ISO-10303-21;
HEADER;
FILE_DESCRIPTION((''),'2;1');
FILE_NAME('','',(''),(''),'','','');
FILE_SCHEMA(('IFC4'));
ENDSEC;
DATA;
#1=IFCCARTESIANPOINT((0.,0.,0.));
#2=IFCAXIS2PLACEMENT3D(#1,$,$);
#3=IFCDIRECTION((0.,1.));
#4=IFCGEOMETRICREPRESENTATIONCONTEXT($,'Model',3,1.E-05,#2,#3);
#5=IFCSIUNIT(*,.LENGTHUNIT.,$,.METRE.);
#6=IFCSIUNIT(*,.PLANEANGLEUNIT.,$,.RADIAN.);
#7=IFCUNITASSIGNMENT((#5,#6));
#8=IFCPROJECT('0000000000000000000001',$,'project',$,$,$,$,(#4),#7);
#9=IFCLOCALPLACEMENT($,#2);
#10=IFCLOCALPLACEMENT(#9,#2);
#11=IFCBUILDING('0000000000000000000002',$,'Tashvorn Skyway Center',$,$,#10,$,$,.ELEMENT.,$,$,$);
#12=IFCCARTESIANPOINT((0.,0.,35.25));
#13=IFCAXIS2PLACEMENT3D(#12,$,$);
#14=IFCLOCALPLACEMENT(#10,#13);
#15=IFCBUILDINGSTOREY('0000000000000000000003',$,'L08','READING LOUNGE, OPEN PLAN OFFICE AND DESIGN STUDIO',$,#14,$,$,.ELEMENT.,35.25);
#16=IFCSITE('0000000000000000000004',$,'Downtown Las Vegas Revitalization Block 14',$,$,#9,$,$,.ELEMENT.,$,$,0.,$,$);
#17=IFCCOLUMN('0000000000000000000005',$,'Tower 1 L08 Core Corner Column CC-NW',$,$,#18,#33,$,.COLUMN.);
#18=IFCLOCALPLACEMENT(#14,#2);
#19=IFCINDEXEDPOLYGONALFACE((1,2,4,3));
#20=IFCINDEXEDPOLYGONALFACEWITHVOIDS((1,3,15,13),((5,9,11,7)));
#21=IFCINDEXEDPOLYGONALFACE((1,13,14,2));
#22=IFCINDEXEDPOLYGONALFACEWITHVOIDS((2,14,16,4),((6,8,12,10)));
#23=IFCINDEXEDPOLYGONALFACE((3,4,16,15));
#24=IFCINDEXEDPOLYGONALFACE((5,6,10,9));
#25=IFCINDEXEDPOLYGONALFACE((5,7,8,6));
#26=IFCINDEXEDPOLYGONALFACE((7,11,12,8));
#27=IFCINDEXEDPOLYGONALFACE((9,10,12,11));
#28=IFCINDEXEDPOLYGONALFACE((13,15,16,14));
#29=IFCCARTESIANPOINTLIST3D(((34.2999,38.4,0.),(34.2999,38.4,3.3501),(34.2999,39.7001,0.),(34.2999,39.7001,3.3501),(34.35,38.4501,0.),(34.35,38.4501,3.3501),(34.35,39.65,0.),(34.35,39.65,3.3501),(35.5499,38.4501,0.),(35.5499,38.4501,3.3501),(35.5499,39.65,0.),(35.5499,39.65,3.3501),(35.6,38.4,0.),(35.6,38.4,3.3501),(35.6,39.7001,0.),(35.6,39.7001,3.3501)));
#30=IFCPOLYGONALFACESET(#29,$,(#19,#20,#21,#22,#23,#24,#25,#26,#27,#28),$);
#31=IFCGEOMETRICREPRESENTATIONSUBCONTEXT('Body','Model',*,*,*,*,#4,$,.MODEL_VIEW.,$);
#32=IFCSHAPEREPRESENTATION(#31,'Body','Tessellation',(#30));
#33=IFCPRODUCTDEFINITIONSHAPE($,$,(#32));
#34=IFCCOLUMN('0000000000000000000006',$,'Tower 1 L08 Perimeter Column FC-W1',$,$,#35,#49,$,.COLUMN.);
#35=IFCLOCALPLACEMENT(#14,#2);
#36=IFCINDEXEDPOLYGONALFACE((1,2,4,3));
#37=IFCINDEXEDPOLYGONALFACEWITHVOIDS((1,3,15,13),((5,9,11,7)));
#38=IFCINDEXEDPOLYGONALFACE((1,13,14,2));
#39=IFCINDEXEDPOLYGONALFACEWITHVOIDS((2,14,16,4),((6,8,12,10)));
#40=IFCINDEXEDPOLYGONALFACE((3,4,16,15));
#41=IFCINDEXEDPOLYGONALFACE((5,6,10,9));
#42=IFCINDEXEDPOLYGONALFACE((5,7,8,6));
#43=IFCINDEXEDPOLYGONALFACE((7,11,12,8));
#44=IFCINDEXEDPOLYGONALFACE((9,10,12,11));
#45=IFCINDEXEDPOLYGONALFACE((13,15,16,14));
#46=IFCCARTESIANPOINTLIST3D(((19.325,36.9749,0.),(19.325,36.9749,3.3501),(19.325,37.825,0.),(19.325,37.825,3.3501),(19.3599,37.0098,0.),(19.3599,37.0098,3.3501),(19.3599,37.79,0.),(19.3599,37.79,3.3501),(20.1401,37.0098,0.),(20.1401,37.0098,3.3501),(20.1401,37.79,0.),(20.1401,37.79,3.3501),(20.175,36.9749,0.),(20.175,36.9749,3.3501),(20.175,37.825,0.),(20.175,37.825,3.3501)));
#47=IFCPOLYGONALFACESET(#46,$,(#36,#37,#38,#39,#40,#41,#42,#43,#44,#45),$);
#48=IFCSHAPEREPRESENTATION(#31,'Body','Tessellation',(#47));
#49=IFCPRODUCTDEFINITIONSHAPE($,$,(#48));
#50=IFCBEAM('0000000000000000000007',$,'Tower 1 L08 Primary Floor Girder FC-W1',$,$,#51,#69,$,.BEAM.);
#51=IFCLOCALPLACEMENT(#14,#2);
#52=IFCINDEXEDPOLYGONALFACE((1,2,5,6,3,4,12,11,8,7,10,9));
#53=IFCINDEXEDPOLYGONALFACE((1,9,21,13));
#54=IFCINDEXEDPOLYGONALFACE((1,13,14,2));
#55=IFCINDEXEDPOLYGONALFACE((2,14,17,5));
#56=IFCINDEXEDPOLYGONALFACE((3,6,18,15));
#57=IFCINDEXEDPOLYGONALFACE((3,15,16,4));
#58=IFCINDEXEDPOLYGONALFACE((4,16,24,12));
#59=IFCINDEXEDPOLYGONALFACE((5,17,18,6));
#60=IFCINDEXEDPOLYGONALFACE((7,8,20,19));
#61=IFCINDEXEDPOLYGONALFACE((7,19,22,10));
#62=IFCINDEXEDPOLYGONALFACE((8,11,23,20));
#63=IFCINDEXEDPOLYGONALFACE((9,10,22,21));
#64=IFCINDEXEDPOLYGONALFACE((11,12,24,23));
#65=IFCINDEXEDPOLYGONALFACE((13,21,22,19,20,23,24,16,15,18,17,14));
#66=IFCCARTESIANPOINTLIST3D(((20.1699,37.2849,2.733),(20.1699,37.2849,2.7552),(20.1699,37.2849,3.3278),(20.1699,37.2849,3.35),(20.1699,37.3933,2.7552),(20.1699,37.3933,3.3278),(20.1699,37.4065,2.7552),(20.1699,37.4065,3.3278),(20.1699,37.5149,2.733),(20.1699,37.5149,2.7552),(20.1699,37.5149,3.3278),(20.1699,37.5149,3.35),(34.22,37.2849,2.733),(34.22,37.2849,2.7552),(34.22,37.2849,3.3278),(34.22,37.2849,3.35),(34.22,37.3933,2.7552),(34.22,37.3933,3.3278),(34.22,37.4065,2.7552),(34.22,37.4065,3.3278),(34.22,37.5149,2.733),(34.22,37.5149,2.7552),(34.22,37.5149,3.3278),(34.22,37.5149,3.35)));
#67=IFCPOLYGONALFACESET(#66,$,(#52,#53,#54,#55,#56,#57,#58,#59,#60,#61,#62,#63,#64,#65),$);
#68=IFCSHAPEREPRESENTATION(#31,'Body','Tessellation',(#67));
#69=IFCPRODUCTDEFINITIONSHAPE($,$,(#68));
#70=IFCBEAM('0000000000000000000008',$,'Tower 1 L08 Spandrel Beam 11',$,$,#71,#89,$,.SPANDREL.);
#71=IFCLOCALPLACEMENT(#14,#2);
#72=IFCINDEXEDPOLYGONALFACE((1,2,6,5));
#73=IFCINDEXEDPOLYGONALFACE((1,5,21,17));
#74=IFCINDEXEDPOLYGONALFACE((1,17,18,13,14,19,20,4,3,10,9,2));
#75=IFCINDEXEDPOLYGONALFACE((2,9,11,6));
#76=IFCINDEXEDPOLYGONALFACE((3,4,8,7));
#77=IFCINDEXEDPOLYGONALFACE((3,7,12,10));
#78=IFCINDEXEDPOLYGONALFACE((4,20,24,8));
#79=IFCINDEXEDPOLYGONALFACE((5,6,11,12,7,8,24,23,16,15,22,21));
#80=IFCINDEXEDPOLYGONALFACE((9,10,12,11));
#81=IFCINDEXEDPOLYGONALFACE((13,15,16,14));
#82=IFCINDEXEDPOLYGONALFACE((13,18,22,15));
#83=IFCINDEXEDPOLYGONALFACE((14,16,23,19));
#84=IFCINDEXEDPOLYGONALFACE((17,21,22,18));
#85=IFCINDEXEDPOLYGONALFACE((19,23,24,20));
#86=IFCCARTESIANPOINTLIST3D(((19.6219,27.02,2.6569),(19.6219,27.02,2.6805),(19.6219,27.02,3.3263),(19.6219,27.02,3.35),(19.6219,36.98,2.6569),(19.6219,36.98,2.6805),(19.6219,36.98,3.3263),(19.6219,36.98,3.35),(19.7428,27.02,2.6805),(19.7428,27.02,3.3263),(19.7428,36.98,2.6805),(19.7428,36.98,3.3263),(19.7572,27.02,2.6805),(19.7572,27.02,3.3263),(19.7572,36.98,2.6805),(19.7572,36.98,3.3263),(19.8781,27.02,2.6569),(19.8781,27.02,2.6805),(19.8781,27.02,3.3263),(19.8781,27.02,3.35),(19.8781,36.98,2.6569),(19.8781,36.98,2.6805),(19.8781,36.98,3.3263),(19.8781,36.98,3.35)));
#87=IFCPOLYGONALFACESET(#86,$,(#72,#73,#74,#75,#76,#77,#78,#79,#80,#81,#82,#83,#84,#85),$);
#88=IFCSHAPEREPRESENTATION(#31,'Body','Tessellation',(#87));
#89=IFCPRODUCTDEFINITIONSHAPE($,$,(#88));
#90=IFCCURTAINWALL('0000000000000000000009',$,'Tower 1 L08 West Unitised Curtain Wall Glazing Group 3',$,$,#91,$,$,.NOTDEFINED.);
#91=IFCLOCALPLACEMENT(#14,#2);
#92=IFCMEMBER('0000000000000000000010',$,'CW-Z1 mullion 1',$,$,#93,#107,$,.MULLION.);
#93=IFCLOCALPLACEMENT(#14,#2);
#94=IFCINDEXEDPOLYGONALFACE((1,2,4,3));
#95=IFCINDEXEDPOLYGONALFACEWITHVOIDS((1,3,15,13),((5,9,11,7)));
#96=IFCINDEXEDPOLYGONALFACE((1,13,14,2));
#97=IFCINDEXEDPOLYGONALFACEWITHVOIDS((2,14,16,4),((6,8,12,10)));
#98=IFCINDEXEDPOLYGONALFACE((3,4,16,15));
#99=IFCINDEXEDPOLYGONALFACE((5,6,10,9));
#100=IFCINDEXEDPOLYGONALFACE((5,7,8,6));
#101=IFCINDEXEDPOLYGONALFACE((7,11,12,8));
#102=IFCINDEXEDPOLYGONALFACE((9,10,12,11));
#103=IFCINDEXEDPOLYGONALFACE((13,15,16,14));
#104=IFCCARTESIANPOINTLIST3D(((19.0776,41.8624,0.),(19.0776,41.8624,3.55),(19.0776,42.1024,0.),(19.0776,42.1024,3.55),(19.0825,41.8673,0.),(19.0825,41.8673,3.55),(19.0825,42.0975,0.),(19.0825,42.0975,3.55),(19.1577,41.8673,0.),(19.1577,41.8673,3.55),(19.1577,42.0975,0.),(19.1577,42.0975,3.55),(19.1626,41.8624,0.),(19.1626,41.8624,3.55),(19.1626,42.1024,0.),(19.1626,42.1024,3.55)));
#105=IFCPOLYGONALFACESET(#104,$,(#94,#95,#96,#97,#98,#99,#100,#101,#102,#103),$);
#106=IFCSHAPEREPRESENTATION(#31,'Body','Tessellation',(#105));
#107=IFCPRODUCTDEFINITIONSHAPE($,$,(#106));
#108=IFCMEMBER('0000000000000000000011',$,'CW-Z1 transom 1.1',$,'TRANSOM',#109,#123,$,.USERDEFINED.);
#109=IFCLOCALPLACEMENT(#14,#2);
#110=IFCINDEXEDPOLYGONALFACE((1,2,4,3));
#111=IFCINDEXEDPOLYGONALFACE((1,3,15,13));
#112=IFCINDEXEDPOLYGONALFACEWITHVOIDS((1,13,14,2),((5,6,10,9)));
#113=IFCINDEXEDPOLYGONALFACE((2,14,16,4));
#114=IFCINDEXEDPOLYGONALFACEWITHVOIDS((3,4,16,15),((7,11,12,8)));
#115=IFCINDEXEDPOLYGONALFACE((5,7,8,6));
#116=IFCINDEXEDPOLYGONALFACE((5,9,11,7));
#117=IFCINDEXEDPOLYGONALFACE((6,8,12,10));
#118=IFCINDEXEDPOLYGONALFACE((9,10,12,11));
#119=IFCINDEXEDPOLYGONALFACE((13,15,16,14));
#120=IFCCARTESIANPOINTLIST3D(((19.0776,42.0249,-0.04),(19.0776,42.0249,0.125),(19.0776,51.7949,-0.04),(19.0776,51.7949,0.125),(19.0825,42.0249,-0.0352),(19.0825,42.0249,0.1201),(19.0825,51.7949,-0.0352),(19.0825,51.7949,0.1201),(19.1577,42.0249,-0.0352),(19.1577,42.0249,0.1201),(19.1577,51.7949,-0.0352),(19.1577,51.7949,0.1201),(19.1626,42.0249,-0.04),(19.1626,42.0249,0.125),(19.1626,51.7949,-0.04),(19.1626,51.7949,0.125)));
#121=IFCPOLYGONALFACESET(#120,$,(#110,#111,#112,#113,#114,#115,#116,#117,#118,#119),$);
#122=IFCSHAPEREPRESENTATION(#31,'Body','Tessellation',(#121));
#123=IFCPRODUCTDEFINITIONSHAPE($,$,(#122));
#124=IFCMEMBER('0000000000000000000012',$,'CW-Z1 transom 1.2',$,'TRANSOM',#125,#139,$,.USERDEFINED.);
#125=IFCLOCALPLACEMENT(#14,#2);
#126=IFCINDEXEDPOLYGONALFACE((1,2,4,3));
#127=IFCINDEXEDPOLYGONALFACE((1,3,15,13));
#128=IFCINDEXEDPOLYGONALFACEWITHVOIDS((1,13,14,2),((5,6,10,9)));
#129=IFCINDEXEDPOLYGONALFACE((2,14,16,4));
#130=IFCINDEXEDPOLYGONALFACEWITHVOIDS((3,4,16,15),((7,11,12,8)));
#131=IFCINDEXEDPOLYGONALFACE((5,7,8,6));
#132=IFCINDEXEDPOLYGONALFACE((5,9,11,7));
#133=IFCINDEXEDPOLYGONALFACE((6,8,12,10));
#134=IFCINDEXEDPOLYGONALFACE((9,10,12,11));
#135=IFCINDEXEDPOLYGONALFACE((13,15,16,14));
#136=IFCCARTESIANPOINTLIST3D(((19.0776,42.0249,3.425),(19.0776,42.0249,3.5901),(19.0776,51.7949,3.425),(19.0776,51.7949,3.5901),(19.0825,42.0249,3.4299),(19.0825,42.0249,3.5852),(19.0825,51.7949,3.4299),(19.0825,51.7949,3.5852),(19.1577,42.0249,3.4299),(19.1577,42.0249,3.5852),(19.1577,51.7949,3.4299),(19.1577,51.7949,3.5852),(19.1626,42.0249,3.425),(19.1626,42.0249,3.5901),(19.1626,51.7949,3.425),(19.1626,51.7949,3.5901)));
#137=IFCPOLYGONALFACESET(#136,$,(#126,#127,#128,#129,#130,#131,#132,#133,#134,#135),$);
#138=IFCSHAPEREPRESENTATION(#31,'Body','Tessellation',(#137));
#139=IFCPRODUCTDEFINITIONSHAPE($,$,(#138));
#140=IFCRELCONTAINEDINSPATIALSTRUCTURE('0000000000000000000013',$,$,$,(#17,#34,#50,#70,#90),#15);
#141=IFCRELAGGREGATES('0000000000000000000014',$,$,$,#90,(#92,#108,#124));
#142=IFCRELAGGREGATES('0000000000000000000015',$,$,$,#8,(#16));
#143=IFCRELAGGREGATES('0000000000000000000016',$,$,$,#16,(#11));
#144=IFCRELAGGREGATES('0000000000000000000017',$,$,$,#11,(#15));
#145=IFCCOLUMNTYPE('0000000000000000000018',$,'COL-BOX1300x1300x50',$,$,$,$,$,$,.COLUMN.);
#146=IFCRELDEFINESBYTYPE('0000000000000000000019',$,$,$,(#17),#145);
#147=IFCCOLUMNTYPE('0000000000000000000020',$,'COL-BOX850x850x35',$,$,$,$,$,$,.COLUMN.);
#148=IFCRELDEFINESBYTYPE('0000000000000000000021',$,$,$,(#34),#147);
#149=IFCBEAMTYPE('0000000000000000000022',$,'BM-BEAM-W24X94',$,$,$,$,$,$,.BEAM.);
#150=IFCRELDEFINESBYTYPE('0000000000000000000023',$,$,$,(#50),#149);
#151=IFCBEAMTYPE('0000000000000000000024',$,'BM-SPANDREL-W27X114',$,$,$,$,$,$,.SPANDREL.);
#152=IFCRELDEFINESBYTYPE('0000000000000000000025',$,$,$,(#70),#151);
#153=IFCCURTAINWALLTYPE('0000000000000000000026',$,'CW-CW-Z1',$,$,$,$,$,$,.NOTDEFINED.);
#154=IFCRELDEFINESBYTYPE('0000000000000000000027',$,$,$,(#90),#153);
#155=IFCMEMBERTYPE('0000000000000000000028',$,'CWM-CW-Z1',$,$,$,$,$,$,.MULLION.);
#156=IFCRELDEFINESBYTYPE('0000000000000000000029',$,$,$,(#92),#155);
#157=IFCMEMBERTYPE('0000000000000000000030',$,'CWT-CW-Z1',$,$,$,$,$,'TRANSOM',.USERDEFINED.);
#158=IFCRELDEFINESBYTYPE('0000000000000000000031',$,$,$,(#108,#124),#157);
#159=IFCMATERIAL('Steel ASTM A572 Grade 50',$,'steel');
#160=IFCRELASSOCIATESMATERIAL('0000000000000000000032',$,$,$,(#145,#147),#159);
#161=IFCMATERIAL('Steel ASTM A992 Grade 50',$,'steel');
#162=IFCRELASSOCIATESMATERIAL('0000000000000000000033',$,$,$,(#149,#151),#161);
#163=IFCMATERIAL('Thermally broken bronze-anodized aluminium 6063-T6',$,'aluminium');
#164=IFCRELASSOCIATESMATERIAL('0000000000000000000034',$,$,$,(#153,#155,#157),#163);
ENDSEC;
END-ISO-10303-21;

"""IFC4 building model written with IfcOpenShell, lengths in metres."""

from ifc_helpers import new_model, si_unit, direction, frame, origin, origin_2d, place, context, subcontext, project, spatial, hollow_rectangle, i_section, extrude, material, material_profile, profile_set, type_object, element, aggregate, save


model = new_model("IFC4")

# Units and contexts
model_context = context("Model", 3, precision=1e-05, world=origin(), true_north=direction((0.0, 1.0)))
body_context = subcontext(model_context, "Body", "Model", "MODEL_VIEW")
ifc_project = project(units=[si_unit("LENGTHUNIT", "METRE"), si_unit("PLANEANGLEUNIT", "RADIAN")], contexts=[model_context])

# Site, building, storey
site_placement = place(None, origin())
site = spatial("IfcSite", under=ifc_project, at=site_placement, Name="Downtown Las Vegas Revitalization Block 14", CompositionType="ELEMENT", RefElevation=0.0)
building_placement = place(site_placement, origin())
building = spatial("IfcBuilding", under=site, at=building_placement, Name="Tashvorn Skyway Center", CompositionType="ELEMENT")
storey_placement = place(building_placement, frame((0.0, 0.0, 35.25)))
storey = spatial("IfcBuildingStorey", under=building, at=storey_placement, Name="L08", Description="READING LOUNGE, OPEN PLAN OFFICE AND DESIGN STUDIO", CompositionType="ELEMENT", Elevation=35.25)

# Columns
ifc_material_1 = material(Name="Steel ASTM A572 Grade 50", Category="steel")
ifc_material_profile_1 = material_profile(ifc_material_1, hollow_rectangle(XDim=1.3, YDim=1.3, WallThickness=0.05, at=origin_2d()), Name="BOX1300x1300x50")
ifc_profile_set_1 = profile_set([ifc_material_profile_1], Name="Steel ASTM A572 Grade 50")
column_type_1 = type_object("IfcColumnType", Name="COL-BOX1300x1300x50", PredefinedType="COLUMN", material=ifc_profile_set_1)
column_1_placement = place(storey_placement, frame((34.95, 39.05, 0.0), z_axis=(0.0, 0.0, 1.0), x_axis=(1.0, 0.0, 0.0)))
element("IfcColumn", 1, at=column_1_placement, inside=storey, type_object=column_type_1, Name="Tower 1 L08 Core Corner Column CC-NW", PredefinedType="COLUMN", context=body_context, shape_type="SweptSolid", body=[
    extrude(hollow_rectangle(XDim=1.3, YDim=1.3, WallThickness=0.05, at=origin_2d()), origin(), (0.0, 0.0, 1.0), 3.3501),
])
ifc_material_profile_2 = material_profile(ifc_material_1, hollow_rectangle(XDim=0.8501, YDim=0.8501, WallThickness=0.0349, at=origin_2d()), Name="BOX850x850x35")
ifc_profile_set_2 = profile_set([ifc_material_profile_2], Name="Steel ASTM A572 Grade 50")
column_type_2 = type_object("IfcColumnType", Name="COL-BOX850x850x35", PredefinedType="COLUMN", material=ifc_profile_set_2)
column_2_placement = place(storey_placement, frame((19.75, 37.3999, 0.0), z_axis=(0.0, 0.0, 1.0), x_axis=(1.0, 0.0, 0.0)))
element("IfcColumn", 2, at=column_2_placement, inside=storey, type_object=column_type_2, Name="Tower 1 L08 Perimeter Column FC-W1", PredefinedType="COLUMN", context=body_context, shape_type="SweptSolid", body=[
    extrude(hollow_rectangle(XDim=0.8501, YDim=0.8501, WallThickness=0.0349, at=origin_2d()), origin(), (0.0, 0.0, 1.0), 3.3501),
])

# Beams
ifc_material_2 = material(Name="Steel ASTM A992 Grade 50", Category="steel")
ifc_material_profile_3 = material_profile(ifc_material_2, i_section(OverallWidth=0.23, OverallDepth=0.6169, WebThickness=0.0132, FlangeThickness=0.0222, at=origin_2d()), Name="W24X94")
ifc_profile_set_3 = profile_set([ifc_material_profile_3], Name="Steel ASTM A992 Grade 50")
beam_type_1 = type_object("IfcBeamType", Name="BM-BEAM-W24X94", PredefinedType="BEAM", material=ifc_profile_set_3)
beam_1_placement = place(storey_placement, frame((20.1699, 37.3999, 3.0415), z_axis=(1.0, 0.0, 0.0), x_axis=(0.0, 1.0, 0.0)))
element("IfcBeam", 3, at=beam_1_placement, inside=storey, type_object=beam_type_1, Name="Tower 1 L08 Primary Floor Girder FC-W1", PredefinedType="BEAM", context=body_context, shape_type="SweptSolid", body=[
    extrude(i_section(OverallWidth=0.23, OverallDepth=0.6169, WebThickness=0.0132, FlangeThickness=0.0222, at=origin_2d()), origin(), (0.0, 0.0, 1.0), 14.05),
])
ifc_material_profile_4 = material_profile(ifc_material_2, i_section(OverallWidth=0.2561, OverallDepth=0.6931, WebThickness=0.0144, FlangeThickness=0.0237, at=origin_2d()), Name="W27X114")
ifc_profile_set_4 = profile_set([ifc_material_profile_4], Name="Steel ASTM A992 Grade 50")
beam_type_2 = type_object("IfcBeamType", Name="BM-SPANDREL-W27X114", PredefinedType="SPANDREL", material=ifc_profile_set_4)
beam_2_placement = place(storey_placement, frame((19.75, 36.98, 3.0034), z_axis=(0.0, -1.0, 0.0), x_axis=(1.0, 0.0, 0.0)))
element("IfcBeam", 4, at=beam_2_placement, inside=storey, type_object=beam_type_2, Name="Tower 1 L08 Spandrel Beam 11", PredefinedType="SPANDREL", context=body_context, shape_type="SweptSolid", body=[
    extrude(i_section(OverallWidth=0.2561, OverallDepth=0.6931, WebThickness=0.0144, FlangeThickness=0.0237, at=origin_2d()), origin(), (0.0, 0.0, 1.0), 9.96),
])

# Curtain wall, members
ifc_material_3 = material(Name="Thermally broken bronze-anodized aluminium 6063-T6", Category="aluminium")
curtain_wall_type = type_object("IfcCurtainWallType", Name="CW-CW-Z1", PredefinedType="NOTDEFINED", material=ifc_material_3)
curtain_wall_placement = place(storey_placement, origin())
curtain_wall = element("IfcCurtainWall", 5, at=curtain_wall_placement, inside=storey, type_object=curtain_wall_type, Name="Tower 1 L08 West Unitised Curtain Wall Glazing Group 3", PredefinedType="NOTDEFINED")
ifc_material_profile_5 = material_profile(ifc_material_3, hollow_rectangle(XDim=0.085, YDim=0.24, WallThickness=0.0049, at=origin_2d()), Name="ALU-MULL-85x240")
ifc_profile_set_5 = profile_set([ifc_material_profile_5], Name="Thermally broken bronze-anodized aluminium 6063-T6")
member_type_1 = type_object("IfcMemberType", Name="CWM-CW-Z1", PredefinedType="MULLION", material=ifc_profile_set_5)
member_1_placement = place(storey_placement, frame((19.1201, 41.9824, 0.0), z_axis=(0.0, 0.0, 1.0), x_axis=(-1.0, 0.0, 0.0)))
member_1 = element("IfcMember", 6, at=member_1_placement, type_object=member_type_1, Name="CW-Z1 mullion 1", PredefinedType="MULLION", context=body_context, shape_type="SweptSolid", body=[
    extrude(hollow_rectangle(XDim=0.085, YDim=0.24, WallThickness=0.0049, at=origin_2d()), origin(), (0.0, 0.0, 1.0), 3.55),
])
ifc_material_profile_6 = material_profile(ifc_material_3, hollow_rectangle(XDim=0.085, YDim=0.165, WallThickness=0.0049, at=origin_2d()), Name="ALU-TRAN-85x165")
ifc_profile_set_6 = profile_set([ifc_material_profile_6], Name="Thermally broken bronze-anodized aluminium 6063-T6")
member_type_2 = type_object("IfcMemberType", Name="CWT-CW-Z1", ElementType="TRANSOM", PredefinedType="USERDEFINED", material=ifc_profile_set_6)
member_2_placement = place(storey_placement, frame((19.1201, 42.0249, 0.0425), z_axis=(0.0, 1.0, 0.0), x_axis=(-1.0, 0.0, 0.0)))
member_2 = element("IfcMember", 7, at=member_2_placement, type_object=member_type_2, Name="CW-Z1 transom 1.1", ObjectType="TRANSOM", PredefinedType="USERDEFINED", context=body_context, shape_type="SweptSolid", body=[
    extrude(hollow_rectangle(XDim=0.085, YDim=0.165, WallThickness=0.0049, at=origin_2d()), origin(), (0.0, 0.0, 1.0), 9.77),
])
member_3_placement = place(storey_placement, frame((19.1201, 42.0249, 3.5076), z_axis=(0.0, 1.0, 0.0), x_axis=(-1.0, 0.0, 0.0)))
member_3 = element("IfcMember", 8, at=member_3_placement, type_object=member_type_2, Name="CW-Z1 transom 1.2", ObjectType="TRANSOM", PredefinedType="USERDEFINED", context=body_context, shape_type="SweptSolid", body=[
    extrude(hollow_rectangle(XDim=0.085, YDim=0.165, WallThickness=0.0049, at=origin_2d()), origin(), (0.0, 0.0, 1.0), 9.77),
])
aggregate(curtain_wall, [member_1, member_2, member_3])

save(model, "model.ifc")
